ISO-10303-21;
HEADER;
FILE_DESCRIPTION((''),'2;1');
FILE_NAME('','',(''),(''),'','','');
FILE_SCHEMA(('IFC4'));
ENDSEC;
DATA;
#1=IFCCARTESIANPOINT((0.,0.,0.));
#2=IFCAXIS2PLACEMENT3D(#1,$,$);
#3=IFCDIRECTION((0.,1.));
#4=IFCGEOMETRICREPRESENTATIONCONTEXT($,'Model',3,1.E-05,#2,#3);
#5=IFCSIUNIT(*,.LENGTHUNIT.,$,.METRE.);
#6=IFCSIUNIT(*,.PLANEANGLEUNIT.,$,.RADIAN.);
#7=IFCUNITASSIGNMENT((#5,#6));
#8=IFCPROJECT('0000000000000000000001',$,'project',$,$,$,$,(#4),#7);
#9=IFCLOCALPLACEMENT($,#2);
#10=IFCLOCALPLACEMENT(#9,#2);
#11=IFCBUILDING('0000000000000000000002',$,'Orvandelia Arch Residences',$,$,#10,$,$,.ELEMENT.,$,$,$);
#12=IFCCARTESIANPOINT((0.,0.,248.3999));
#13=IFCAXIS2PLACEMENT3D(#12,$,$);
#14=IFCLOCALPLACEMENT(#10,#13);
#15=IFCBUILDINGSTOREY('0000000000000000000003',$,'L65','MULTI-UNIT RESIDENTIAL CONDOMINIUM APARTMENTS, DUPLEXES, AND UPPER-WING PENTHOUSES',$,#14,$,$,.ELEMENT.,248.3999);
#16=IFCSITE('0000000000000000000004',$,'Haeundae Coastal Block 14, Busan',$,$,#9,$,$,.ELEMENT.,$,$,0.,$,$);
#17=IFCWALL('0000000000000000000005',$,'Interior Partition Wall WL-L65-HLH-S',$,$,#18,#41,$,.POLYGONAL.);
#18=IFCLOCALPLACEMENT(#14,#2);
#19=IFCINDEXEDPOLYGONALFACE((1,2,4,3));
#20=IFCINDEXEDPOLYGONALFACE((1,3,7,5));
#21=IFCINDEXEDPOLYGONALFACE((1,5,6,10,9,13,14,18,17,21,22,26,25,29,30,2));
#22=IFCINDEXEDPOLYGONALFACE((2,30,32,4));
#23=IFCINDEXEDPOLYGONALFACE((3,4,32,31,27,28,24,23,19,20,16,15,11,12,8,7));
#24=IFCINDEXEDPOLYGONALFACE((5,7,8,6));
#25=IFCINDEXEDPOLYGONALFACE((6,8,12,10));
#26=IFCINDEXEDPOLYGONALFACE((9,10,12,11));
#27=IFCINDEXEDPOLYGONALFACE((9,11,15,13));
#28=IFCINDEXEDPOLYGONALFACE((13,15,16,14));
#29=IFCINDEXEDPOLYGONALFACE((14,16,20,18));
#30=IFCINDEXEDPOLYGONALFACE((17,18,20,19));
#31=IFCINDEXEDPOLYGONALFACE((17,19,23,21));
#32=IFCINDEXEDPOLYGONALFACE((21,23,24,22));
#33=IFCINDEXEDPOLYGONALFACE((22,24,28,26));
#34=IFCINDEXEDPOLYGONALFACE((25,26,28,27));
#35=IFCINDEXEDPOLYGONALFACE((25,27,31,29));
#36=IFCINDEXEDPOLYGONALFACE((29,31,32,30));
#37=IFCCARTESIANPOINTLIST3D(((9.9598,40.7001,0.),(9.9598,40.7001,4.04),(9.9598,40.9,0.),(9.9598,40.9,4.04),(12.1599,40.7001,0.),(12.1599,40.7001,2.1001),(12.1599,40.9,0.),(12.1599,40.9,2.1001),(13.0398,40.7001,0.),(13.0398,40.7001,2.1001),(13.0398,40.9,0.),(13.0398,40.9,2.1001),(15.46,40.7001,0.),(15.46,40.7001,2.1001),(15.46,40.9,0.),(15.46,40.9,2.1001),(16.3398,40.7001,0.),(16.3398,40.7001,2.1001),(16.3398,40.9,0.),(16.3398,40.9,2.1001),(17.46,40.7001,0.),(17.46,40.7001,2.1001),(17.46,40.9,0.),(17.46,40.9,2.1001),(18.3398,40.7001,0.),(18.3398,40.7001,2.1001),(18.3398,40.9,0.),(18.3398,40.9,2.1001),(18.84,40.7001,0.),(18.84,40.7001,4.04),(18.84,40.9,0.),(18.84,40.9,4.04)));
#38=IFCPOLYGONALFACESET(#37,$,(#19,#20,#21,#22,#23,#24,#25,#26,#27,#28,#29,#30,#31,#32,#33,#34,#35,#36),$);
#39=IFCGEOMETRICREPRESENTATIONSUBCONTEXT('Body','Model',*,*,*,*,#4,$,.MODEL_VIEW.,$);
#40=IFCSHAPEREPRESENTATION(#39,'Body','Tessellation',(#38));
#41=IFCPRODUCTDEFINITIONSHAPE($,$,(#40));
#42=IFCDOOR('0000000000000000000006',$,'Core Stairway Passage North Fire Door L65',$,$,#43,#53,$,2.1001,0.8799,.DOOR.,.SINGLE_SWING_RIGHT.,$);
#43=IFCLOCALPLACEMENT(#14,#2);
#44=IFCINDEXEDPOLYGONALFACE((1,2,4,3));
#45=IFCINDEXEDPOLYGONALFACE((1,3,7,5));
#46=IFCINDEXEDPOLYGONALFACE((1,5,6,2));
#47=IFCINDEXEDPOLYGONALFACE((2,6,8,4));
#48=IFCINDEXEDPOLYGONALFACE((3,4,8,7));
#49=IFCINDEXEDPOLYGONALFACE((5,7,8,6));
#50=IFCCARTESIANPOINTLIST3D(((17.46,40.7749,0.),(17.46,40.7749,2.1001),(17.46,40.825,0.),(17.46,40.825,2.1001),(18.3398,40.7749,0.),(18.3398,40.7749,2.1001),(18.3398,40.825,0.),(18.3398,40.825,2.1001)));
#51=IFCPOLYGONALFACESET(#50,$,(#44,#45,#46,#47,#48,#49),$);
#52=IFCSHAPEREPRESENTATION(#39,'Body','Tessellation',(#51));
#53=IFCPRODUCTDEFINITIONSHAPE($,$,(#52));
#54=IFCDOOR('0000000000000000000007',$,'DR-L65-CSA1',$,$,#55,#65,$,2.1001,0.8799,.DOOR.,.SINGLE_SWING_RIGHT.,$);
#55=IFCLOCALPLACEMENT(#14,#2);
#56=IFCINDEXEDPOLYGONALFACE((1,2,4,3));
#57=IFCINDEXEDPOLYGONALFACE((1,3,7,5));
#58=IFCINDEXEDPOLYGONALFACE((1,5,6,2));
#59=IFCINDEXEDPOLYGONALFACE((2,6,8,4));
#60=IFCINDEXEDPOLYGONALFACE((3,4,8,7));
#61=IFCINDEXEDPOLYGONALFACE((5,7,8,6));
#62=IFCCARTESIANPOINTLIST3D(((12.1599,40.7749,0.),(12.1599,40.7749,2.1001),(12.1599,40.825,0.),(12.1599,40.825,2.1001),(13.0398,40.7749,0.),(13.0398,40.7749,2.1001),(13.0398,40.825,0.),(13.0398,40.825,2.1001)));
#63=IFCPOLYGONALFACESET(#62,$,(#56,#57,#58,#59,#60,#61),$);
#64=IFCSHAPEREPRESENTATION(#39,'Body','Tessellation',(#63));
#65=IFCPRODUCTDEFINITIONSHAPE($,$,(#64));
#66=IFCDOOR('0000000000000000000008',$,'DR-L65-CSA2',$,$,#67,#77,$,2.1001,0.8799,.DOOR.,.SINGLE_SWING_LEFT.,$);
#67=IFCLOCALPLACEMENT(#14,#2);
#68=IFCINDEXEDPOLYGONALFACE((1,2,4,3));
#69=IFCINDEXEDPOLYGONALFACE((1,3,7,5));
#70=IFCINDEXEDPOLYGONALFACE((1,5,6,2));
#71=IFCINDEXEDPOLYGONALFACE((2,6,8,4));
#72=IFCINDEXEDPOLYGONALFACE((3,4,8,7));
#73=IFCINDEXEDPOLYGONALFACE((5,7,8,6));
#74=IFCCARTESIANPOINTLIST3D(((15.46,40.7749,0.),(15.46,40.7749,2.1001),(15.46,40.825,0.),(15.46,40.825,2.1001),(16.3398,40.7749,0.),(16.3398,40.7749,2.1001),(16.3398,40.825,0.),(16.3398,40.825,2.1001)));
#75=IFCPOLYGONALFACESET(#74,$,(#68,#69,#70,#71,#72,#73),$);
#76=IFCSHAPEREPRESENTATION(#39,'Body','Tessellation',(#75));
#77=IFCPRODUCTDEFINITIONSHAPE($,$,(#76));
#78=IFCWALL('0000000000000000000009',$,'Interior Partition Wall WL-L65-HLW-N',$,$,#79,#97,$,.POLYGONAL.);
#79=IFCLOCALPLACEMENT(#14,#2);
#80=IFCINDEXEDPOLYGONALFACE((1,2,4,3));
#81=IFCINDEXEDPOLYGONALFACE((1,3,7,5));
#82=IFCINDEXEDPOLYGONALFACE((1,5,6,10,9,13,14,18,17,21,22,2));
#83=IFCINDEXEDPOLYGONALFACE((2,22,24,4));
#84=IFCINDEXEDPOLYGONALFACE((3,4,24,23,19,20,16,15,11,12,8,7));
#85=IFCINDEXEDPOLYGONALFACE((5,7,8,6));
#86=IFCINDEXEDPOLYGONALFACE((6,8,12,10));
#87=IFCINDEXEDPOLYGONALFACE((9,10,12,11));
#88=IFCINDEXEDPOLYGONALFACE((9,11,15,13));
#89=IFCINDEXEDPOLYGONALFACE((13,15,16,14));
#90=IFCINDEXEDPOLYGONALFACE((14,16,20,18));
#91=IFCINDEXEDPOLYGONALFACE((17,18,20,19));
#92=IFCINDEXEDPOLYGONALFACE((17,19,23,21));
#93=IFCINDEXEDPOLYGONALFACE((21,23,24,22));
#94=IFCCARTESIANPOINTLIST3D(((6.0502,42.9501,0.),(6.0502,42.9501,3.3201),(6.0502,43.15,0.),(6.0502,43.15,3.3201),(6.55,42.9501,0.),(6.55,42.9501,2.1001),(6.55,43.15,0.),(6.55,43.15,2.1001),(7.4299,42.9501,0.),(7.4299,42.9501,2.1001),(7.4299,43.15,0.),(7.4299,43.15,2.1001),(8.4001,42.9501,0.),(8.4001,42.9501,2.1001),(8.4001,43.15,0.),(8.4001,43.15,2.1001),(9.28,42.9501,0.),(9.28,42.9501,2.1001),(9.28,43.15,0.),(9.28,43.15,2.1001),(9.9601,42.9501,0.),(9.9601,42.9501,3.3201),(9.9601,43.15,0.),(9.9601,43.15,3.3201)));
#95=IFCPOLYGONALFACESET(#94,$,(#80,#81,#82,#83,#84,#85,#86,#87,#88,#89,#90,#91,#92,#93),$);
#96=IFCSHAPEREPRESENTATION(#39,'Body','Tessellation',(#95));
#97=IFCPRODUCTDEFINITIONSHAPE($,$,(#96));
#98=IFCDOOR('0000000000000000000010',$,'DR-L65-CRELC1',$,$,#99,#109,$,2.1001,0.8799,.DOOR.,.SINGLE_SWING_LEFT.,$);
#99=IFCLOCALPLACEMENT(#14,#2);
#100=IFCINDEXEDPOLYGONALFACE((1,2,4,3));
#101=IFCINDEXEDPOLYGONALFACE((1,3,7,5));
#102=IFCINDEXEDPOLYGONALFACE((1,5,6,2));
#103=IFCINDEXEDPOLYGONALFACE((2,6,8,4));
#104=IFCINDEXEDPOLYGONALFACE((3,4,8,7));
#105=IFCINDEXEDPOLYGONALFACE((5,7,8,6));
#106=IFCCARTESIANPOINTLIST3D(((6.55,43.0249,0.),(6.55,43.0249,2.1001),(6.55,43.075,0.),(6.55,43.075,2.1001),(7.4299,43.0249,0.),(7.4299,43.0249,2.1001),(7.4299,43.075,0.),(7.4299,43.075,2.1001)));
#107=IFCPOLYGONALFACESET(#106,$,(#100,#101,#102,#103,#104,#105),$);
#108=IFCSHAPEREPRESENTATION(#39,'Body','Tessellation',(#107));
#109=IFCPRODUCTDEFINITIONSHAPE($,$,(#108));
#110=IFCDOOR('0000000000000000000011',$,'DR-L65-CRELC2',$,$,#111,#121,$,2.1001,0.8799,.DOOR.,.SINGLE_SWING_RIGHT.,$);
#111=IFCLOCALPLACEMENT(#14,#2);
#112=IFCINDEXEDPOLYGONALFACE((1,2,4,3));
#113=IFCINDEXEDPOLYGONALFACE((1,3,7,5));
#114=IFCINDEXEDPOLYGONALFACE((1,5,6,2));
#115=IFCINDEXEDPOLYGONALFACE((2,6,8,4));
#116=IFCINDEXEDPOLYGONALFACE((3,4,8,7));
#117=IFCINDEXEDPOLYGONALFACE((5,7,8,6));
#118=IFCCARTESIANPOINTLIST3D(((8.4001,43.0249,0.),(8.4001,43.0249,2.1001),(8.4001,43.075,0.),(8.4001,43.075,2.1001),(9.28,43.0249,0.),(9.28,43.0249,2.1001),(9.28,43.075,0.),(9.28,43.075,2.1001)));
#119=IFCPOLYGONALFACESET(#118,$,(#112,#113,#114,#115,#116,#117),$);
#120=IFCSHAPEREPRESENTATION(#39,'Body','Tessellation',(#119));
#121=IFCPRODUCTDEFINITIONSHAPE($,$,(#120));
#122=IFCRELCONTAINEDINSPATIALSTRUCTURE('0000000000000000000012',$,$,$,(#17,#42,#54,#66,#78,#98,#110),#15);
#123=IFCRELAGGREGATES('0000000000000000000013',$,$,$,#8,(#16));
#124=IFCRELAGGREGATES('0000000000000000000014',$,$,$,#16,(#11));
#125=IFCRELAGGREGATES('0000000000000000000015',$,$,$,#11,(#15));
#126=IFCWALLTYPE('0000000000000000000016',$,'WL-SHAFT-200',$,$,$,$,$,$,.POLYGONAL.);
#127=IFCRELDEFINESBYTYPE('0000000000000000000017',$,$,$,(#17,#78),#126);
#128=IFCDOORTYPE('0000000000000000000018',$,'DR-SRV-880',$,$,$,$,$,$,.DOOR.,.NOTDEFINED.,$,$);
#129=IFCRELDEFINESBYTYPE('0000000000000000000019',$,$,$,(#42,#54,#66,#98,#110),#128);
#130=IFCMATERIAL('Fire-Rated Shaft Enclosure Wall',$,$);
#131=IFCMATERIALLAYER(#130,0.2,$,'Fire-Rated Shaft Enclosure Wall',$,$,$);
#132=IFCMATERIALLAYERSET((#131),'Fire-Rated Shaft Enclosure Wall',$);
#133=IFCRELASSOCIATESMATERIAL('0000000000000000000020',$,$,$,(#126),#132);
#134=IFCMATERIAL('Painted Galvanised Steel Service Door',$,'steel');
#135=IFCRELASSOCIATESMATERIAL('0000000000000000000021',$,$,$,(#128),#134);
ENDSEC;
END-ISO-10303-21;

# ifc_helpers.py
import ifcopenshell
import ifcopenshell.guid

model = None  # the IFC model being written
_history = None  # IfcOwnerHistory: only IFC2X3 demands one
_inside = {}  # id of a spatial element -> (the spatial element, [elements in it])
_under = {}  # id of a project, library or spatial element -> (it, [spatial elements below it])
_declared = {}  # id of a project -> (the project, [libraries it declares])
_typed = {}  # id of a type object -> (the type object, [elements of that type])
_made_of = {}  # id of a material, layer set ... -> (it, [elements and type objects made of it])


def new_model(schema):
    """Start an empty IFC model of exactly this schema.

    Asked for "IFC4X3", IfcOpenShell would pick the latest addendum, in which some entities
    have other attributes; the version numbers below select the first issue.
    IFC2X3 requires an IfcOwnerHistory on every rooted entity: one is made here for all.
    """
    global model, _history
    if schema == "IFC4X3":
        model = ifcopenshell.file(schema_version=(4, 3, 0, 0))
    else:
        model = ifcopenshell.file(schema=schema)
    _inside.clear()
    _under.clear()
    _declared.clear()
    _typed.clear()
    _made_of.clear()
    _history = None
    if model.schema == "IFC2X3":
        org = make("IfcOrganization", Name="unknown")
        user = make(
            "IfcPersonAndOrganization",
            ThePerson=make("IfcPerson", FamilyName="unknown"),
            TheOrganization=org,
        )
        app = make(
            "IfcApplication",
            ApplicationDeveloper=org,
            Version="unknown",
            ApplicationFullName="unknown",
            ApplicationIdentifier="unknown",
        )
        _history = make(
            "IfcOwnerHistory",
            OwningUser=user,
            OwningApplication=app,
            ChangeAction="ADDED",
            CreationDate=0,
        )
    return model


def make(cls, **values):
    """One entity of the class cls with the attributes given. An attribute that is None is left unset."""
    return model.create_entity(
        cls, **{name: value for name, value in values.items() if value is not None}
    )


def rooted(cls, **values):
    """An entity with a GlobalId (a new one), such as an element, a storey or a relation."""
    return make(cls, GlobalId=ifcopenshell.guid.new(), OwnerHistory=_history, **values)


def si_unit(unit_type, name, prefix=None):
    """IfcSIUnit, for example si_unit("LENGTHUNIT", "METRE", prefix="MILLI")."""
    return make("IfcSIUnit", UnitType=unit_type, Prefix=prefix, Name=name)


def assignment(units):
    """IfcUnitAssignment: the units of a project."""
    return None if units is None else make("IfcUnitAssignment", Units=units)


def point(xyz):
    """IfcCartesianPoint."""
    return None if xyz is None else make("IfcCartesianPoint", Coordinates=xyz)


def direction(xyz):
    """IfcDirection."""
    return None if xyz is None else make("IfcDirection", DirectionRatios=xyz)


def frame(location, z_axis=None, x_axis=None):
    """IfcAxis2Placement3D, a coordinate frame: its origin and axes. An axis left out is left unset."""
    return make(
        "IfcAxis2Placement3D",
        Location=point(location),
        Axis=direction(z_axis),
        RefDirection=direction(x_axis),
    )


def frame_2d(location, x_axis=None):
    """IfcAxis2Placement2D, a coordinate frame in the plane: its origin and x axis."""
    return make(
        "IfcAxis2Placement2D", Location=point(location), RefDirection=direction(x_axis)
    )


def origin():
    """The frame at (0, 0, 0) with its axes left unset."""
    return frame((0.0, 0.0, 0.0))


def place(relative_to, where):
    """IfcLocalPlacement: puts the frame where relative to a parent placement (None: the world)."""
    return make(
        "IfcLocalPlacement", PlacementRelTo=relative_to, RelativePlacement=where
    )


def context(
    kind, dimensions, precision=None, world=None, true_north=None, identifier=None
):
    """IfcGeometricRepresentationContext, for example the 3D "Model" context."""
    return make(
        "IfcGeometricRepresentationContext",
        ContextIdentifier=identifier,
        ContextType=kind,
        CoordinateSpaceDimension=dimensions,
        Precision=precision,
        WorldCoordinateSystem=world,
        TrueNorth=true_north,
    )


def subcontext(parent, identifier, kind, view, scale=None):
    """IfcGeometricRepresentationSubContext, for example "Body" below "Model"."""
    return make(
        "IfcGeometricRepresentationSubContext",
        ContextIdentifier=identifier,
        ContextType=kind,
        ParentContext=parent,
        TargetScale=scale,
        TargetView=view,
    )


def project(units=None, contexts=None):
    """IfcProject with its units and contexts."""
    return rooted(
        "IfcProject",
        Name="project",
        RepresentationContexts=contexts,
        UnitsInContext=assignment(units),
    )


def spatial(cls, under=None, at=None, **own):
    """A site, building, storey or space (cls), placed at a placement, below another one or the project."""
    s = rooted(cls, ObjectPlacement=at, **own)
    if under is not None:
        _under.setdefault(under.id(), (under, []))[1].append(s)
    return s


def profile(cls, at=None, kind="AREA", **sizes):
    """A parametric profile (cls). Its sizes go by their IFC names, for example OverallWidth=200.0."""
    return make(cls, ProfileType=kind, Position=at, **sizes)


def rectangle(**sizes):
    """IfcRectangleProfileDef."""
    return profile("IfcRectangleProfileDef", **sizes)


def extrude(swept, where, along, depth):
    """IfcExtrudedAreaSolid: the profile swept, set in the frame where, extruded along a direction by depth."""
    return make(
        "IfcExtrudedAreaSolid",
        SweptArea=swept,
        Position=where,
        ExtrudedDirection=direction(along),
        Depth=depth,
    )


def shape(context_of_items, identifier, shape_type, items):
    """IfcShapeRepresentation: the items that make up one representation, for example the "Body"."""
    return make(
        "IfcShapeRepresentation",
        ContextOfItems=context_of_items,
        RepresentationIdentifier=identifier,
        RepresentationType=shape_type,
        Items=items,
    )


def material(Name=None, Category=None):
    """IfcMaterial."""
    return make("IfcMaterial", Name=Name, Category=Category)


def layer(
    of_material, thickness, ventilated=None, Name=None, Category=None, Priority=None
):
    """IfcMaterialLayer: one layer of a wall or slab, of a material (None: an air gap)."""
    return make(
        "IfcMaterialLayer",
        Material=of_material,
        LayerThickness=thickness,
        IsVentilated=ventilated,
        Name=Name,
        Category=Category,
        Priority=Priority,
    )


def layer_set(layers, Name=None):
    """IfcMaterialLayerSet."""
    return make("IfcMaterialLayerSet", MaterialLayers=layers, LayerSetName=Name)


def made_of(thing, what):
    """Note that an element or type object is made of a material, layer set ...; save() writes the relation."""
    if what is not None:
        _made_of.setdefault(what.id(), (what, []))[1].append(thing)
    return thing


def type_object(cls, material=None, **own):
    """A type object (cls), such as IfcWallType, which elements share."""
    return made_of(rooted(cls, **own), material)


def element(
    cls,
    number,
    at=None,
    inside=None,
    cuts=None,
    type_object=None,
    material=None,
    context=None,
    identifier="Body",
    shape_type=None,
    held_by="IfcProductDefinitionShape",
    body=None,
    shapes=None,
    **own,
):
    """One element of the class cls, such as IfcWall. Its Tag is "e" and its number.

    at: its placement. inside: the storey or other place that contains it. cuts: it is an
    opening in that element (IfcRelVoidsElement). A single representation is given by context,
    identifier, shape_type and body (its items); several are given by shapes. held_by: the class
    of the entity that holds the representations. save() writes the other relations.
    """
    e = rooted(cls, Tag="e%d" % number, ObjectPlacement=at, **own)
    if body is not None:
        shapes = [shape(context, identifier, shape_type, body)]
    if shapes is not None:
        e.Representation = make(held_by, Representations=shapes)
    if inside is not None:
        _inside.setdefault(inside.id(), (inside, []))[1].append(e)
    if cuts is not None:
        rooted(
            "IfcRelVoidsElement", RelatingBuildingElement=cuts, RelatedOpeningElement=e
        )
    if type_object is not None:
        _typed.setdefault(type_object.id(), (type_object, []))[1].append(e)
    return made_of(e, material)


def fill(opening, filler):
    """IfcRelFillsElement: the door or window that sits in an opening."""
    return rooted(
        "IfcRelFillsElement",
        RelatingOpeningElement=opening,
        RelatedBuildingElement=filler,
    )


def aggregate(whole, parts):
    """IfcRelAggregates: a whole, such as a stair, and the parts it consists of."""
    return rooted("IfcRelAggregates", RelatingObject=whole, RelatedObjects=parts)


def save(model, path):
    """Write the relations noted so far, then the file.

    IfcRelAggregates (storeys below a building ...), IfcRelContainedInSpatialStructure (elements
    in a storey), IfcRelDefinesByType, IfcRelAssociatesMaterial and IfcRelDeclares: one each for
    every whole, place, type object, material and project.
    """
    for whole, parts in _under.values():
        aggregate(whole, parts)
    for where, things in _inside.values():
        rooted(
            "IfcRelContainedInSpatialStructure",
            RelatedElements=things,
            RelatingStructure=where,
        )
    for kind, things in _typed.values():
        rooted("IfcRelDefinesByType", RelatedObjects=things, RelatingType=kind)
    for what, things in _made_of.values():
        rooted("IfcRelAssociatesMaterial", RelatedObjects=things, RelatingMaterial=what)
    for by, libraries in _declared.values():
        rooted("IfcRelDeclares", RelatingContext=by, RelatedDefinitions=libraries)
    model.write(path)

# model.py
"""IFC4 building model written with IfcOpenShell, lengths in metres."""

from ifc_helpers import new_model, si_unit, direction, frame, frame_2d, origin, place, context, subcontext, project, spatial, rectangle, extrude, material, layer, layer_set, type_object, element, fill, save


model = new_model("IFC4")

# Units and contexts
model_context = context("Model", 3, precision=1e-05, world=origin(), true_north=direction((0.0, 1.0)))
body_context = subcontext(model_context, "Body", "Model", "MODEL_VIEW")
ifc_project = project(units=[si_unit("LENGTHUNIT", "METRE"), si_unit("PLANEANGLEUNIT", "RADIAN")], contexts=[model_context])

# Site, building, storey
site_placement = place(None, origin())
site = spatial("IfcSite", under=ifc_project, at=site_placement, Name="Haeundae Coastal Block 14, Busan", CompositionType="ELEMENT", RefElevation=0.0)
building_placement = place(site_placement, origin())
building = spatial("IfcBuilding", under=site, at=building_placement, Name="Orvandelia Arch Residences", CompositionType="ELEMENT")
storey_placement = place(building_placement, frame((0.0, 0.0, 248.3999)))
storey = spatial("IfcBuildingStorey", under=building, at=storey_placement, Name="L65", Description="MULTI-UNIT RESIDENTIAL CONDOMINIUM APARTMENTS, DUPLEXES, AND UPPER-WING PENTHOUSES", CompositionType="ELEMENT", Elevation=248.3999)

# Walls, openings, doors
ifc_material_1 = material(Name="Fire-Rated Shaft Enclosure Wall")
ifc_layer_1 = layer(ifc_material_1, 0.2, Name="Fire-Rated Shaft Enclosure Wall")
ifc_layer_set_1 = layer_set([ifc_layer_1], Name="Fire-Rated Shaft Enclosure Wall")
wall_type_1 = type_object("IfcWallType", Name="WL-SHAFT-200", PredefinedType="POLYGONAL", material=ifc_layer_set_1)
wall_1_placement = place(storey_placement, frame((9.96, 40.8, 0.0), z_axis=(0.0, 0.0, 1.0), x_axis=(1.0, 0.0, 0.0)))
wall_1 = element("IfcWall", 1, at=wall_1_placement, inside=storey, type_object=wall_type_1, Name="Interior Partition Wall WL-L65-HLH-S", PredefinedType="POLYGONAL", context=body_context, shape_type="SweptSolid", body=[
    extrude(rectangle(XDim=8.8801, YDim=0.2, at=frame_2d((4.4399, 0.0))), origin(), (0.0, 0.0, 1.0), 4.04),
])
opening_1_placement = place(wall_1_placement, frame((7.5, 0.0, 0.0)))
opening_1 = element("IfcOpeningElement", 2, at=opening_1_placement, cuts=wall_1, PredefinedType="OPENING", context=body_context, shape_type="SweptSolid", body=[
    extrude(rectangle(XDim=0.8799, YDim=2.1001, at=frame_2d((0.4399, 1.05))), frame((0.0, 0.1099, 0.0), z_axis=(0.0, -1.0, 0.0), x_axis=(1.0, 0.0, 0.0)), (0.0, 0.0, 1.0), 0.22),
])
opening_2_placement = place(wall_1_placement, frame((2.2, 0.0, 0.0)))
opening_2 = element("IfcOpeningElement", 3, at=opening_2_placement, cuts=wall_1, PredefinedType="OPENING", context=body_context, shape_type="SweptSolid", body=[
    extrude(rectangle(XDim=0.8799, YDim=2.1001, at=frame_2d((0.4399, 1.05))), frame((0.0, 0.1099, 0.0), z_axis=(0.0, -1.0, 0.0), x_axis=(1.0, 0.0, 0.0)), (0.0, 0.0, 1.0), 0.22),
])
opening_3_placement = place(wall_1_placement, frame((5.5, 0.0, 0.0)))
opening_3 = element("IfcOpeningElement", 4, at=opening_3_placement, cuts=wall_1, PredefinedType="OPENING", context=body_context, shape_type="SweptSolid", body=[
    extrude(rectangle(XDim=0.8799, YDim=2.1001, at=frame_2d((0.4399, 1.05))), frame((0.0, 0.1099, 0.0), z_axis=(0.0, -1.0, 0.0), x_axis=(1.0, 0.0, 0.0)), (0.0, 0.0, 1.0), 0.22),
])
ifc_material_2 = material(Name="Painted Galvanised Steel Service Door", Category="steel")
door_type_1 = type_object("IfcDoorType", Name="DR-SRV-880", OperationType="NOTDEFINED", PredefinedType="DOOR", material=ifc_material_2)
door_1_placement = place(opening_1_placement, origin())
door_1 = element("IfcDoor", 5, at=door_1_placement, inside=storey, type_object=door_type_1, Name="Core Stairway Passage North Fire Door L65", OperationType="SINGLE_SWING_RIGHT", OverallHeight=2.1001, OverallWidth=0.8799, PredefinedType="DOOR", context=body_context, shape_type="SweptSolid", body=[
    extrude(rectangle(XDim=0.8799, YDim=2.1001, at=frame_2d((0.4399, 1.05))), frame((0.0, 0.0249, 0.0), z_axis=(0.0, -1.0, 0.0), x_axis=(1.0, 0.0, 0.0)), (0.0, 0.0, 1.0), 0.05),
])
fill(opening_1, door_1)
door_2_placement = place(opening_2_placement, origin())
door_2 = element("IfcDoor", 6, at=door_2_placement, inside=storey, type_object=door_type_1, Name="DR-L65-CSA1", OperationType="SINGLE_SWING_RIGHT", OverallHeight=2.1001, OverallWidth=0.8799, PredefinedType="DOOR", context=body_context, shape_type="SweptSolid", body=[
    extrude(rectangle(XDim=0.8799, YDim=2.1001, at=frame_2d((0.4399, 1.05))), frame((0.0, 0.0249, 0.0), z_axis=(0.0, -1.0, 0.0), x_axis=(1.0, 0.0, 0.0)), (0.0, 0.0, 1.0), 0.05),
])
fill(opening_2, door_2)
door_3_placement = place(opening_3_placement, origin())
door_3 = element("IfcDoor", 7, at=door_3_placement, inside=storey, type_object=door_type_1, Name="DR-L65-CSA2", OperationType="SINGLE_SWING_LEFT", OverallHeight=2.1001, OverallWidth=0.8799, PredefinedType="DOOR", context=body_context, shape_type="SweptSolid", body=[
    extrude(rectangle(XDim=0.8799, YDim=2.1001, at=frame_2d((0.4399, 1.05))), frame((0.0, 0.0249, 0.0), z_axis=(0.0, -1.0, 0.0), x_axis=(1.0, 0.0, 0.0)), (0.0, 0.0, 1.0), 0.05),
])
fill(opening_3, door_3)
wall_2_placement = place(storey_placement, frame((6.05, 43.05, 0.0), z_axis=(0.0, 0.0, 1.0), x_axis=(1.0, 0.0, 0.0)))
wall_2 = element("IfcWall", 8, at=wall_2_placement, inside=storey, type_object=wall_type_1, Name="Interior Partition Wall WL-L65-HLW-N", PredefinedType="POLYGONAL", context=body_context, shape_type="SweptSolid", body=[
    extrude(rectangle(XDim=3.9099, YDim=0.2, at=frame_2d((1.9551, 0.0))), origin(), (0.0, 0.0, 1.0), 3.3201),
])
opening_4_placement = place(wall_2_placement, frame((0.5, 0.0, 0.0)))
opening_4 = element("IfcOpeningElement", 9, at=opening_4_placement, cuts=wall_2, PredefinedType="OPENING", context=body_context, shape_type="SweptSolid", body=[
    extrude(rectangle(XDim=0.8799, YDim=2.1001, at=frame_2d((0.4399, 1.05))), frame((0.0, 0.1099, 0.0), z_axis=(0.0, -1.0, 0.0), x_axis=(1.0, 0.0, 0.0)), (0.0, 0.0, 1.0), 0.22),
])
opening_5_placement = place(wall_2_placement, frame((2.3501, 0.0, 0.0)))
opening_5 = element("IfcOpeningElement", 10, at=opening_5_placement, cuts=wall_2, PredefinedType="OPENING", context=body_context, shape_type="SweptSolid", body=[
    extrude(rectangle(XDim=0.8799, YDim=2.1001, at=frame_2d((0.4399, 1.05))), frame((0.0, 0.1099, 0.0), z_axis=(0.0, -1.0, 0.0), x_axis=(1.0, 0.0, 0.0)), (0.0, 0.0, 1.0), 0.22),
])
door_4_placement = place(opening_4_placement, origin())
door_4 = element("IfcDoor", 11, at=door_4_placement, inside=storey, type_object=door_type_1, Name="DR-L65-CRELC1", OperationType="SINGLE_SWING_LEFT", OverallHeight=2.1001, OverallWidth=0.8799, PredefinedType="DOOR", context=body_context, shape_type="SweptSolid", body=[
    extrude(rectangle(XDim=0.8799, YDim=2.1001, at=frame_2d((0.4399, 1.05))), frame((0.0, 0.0249, 0.0), z_axis=(0.0, -1.0, 0.0), x_axis=(1.0, 0.0, 0.0)), (0.0, 0.0, 1.0), 0.05),
])
fill(opening_4, door_4)
door_5_placement = place(opening_5_placement, origin())
door_5 = element("IfcDoor", 12, at=door_5_placement, inside=storey, type_object=door_type_1, Name="DR-L65-CRELC2", OperationType="SINGLE_SWING_RIGHT", OverallHeight=2.1001, OverallWidth=0.8799, PredefinedType="DOOR", context=body_context, shape_type="SweptSolid", body=[
    extrude(rectangle(XDim=0.8799, YDim=2.1001, at=frame_2d((0.4399, 1.05))), frame((0.0, 0.0249, 0.0), z_axis=(0.0, -1.0, 0.0), x_axis=(1.0, 0.0, 0.0)), (0.0, 0.0, 1.0), 0.05),
])
fill(opening_5, door_5)

save(model, "model.ifc")
